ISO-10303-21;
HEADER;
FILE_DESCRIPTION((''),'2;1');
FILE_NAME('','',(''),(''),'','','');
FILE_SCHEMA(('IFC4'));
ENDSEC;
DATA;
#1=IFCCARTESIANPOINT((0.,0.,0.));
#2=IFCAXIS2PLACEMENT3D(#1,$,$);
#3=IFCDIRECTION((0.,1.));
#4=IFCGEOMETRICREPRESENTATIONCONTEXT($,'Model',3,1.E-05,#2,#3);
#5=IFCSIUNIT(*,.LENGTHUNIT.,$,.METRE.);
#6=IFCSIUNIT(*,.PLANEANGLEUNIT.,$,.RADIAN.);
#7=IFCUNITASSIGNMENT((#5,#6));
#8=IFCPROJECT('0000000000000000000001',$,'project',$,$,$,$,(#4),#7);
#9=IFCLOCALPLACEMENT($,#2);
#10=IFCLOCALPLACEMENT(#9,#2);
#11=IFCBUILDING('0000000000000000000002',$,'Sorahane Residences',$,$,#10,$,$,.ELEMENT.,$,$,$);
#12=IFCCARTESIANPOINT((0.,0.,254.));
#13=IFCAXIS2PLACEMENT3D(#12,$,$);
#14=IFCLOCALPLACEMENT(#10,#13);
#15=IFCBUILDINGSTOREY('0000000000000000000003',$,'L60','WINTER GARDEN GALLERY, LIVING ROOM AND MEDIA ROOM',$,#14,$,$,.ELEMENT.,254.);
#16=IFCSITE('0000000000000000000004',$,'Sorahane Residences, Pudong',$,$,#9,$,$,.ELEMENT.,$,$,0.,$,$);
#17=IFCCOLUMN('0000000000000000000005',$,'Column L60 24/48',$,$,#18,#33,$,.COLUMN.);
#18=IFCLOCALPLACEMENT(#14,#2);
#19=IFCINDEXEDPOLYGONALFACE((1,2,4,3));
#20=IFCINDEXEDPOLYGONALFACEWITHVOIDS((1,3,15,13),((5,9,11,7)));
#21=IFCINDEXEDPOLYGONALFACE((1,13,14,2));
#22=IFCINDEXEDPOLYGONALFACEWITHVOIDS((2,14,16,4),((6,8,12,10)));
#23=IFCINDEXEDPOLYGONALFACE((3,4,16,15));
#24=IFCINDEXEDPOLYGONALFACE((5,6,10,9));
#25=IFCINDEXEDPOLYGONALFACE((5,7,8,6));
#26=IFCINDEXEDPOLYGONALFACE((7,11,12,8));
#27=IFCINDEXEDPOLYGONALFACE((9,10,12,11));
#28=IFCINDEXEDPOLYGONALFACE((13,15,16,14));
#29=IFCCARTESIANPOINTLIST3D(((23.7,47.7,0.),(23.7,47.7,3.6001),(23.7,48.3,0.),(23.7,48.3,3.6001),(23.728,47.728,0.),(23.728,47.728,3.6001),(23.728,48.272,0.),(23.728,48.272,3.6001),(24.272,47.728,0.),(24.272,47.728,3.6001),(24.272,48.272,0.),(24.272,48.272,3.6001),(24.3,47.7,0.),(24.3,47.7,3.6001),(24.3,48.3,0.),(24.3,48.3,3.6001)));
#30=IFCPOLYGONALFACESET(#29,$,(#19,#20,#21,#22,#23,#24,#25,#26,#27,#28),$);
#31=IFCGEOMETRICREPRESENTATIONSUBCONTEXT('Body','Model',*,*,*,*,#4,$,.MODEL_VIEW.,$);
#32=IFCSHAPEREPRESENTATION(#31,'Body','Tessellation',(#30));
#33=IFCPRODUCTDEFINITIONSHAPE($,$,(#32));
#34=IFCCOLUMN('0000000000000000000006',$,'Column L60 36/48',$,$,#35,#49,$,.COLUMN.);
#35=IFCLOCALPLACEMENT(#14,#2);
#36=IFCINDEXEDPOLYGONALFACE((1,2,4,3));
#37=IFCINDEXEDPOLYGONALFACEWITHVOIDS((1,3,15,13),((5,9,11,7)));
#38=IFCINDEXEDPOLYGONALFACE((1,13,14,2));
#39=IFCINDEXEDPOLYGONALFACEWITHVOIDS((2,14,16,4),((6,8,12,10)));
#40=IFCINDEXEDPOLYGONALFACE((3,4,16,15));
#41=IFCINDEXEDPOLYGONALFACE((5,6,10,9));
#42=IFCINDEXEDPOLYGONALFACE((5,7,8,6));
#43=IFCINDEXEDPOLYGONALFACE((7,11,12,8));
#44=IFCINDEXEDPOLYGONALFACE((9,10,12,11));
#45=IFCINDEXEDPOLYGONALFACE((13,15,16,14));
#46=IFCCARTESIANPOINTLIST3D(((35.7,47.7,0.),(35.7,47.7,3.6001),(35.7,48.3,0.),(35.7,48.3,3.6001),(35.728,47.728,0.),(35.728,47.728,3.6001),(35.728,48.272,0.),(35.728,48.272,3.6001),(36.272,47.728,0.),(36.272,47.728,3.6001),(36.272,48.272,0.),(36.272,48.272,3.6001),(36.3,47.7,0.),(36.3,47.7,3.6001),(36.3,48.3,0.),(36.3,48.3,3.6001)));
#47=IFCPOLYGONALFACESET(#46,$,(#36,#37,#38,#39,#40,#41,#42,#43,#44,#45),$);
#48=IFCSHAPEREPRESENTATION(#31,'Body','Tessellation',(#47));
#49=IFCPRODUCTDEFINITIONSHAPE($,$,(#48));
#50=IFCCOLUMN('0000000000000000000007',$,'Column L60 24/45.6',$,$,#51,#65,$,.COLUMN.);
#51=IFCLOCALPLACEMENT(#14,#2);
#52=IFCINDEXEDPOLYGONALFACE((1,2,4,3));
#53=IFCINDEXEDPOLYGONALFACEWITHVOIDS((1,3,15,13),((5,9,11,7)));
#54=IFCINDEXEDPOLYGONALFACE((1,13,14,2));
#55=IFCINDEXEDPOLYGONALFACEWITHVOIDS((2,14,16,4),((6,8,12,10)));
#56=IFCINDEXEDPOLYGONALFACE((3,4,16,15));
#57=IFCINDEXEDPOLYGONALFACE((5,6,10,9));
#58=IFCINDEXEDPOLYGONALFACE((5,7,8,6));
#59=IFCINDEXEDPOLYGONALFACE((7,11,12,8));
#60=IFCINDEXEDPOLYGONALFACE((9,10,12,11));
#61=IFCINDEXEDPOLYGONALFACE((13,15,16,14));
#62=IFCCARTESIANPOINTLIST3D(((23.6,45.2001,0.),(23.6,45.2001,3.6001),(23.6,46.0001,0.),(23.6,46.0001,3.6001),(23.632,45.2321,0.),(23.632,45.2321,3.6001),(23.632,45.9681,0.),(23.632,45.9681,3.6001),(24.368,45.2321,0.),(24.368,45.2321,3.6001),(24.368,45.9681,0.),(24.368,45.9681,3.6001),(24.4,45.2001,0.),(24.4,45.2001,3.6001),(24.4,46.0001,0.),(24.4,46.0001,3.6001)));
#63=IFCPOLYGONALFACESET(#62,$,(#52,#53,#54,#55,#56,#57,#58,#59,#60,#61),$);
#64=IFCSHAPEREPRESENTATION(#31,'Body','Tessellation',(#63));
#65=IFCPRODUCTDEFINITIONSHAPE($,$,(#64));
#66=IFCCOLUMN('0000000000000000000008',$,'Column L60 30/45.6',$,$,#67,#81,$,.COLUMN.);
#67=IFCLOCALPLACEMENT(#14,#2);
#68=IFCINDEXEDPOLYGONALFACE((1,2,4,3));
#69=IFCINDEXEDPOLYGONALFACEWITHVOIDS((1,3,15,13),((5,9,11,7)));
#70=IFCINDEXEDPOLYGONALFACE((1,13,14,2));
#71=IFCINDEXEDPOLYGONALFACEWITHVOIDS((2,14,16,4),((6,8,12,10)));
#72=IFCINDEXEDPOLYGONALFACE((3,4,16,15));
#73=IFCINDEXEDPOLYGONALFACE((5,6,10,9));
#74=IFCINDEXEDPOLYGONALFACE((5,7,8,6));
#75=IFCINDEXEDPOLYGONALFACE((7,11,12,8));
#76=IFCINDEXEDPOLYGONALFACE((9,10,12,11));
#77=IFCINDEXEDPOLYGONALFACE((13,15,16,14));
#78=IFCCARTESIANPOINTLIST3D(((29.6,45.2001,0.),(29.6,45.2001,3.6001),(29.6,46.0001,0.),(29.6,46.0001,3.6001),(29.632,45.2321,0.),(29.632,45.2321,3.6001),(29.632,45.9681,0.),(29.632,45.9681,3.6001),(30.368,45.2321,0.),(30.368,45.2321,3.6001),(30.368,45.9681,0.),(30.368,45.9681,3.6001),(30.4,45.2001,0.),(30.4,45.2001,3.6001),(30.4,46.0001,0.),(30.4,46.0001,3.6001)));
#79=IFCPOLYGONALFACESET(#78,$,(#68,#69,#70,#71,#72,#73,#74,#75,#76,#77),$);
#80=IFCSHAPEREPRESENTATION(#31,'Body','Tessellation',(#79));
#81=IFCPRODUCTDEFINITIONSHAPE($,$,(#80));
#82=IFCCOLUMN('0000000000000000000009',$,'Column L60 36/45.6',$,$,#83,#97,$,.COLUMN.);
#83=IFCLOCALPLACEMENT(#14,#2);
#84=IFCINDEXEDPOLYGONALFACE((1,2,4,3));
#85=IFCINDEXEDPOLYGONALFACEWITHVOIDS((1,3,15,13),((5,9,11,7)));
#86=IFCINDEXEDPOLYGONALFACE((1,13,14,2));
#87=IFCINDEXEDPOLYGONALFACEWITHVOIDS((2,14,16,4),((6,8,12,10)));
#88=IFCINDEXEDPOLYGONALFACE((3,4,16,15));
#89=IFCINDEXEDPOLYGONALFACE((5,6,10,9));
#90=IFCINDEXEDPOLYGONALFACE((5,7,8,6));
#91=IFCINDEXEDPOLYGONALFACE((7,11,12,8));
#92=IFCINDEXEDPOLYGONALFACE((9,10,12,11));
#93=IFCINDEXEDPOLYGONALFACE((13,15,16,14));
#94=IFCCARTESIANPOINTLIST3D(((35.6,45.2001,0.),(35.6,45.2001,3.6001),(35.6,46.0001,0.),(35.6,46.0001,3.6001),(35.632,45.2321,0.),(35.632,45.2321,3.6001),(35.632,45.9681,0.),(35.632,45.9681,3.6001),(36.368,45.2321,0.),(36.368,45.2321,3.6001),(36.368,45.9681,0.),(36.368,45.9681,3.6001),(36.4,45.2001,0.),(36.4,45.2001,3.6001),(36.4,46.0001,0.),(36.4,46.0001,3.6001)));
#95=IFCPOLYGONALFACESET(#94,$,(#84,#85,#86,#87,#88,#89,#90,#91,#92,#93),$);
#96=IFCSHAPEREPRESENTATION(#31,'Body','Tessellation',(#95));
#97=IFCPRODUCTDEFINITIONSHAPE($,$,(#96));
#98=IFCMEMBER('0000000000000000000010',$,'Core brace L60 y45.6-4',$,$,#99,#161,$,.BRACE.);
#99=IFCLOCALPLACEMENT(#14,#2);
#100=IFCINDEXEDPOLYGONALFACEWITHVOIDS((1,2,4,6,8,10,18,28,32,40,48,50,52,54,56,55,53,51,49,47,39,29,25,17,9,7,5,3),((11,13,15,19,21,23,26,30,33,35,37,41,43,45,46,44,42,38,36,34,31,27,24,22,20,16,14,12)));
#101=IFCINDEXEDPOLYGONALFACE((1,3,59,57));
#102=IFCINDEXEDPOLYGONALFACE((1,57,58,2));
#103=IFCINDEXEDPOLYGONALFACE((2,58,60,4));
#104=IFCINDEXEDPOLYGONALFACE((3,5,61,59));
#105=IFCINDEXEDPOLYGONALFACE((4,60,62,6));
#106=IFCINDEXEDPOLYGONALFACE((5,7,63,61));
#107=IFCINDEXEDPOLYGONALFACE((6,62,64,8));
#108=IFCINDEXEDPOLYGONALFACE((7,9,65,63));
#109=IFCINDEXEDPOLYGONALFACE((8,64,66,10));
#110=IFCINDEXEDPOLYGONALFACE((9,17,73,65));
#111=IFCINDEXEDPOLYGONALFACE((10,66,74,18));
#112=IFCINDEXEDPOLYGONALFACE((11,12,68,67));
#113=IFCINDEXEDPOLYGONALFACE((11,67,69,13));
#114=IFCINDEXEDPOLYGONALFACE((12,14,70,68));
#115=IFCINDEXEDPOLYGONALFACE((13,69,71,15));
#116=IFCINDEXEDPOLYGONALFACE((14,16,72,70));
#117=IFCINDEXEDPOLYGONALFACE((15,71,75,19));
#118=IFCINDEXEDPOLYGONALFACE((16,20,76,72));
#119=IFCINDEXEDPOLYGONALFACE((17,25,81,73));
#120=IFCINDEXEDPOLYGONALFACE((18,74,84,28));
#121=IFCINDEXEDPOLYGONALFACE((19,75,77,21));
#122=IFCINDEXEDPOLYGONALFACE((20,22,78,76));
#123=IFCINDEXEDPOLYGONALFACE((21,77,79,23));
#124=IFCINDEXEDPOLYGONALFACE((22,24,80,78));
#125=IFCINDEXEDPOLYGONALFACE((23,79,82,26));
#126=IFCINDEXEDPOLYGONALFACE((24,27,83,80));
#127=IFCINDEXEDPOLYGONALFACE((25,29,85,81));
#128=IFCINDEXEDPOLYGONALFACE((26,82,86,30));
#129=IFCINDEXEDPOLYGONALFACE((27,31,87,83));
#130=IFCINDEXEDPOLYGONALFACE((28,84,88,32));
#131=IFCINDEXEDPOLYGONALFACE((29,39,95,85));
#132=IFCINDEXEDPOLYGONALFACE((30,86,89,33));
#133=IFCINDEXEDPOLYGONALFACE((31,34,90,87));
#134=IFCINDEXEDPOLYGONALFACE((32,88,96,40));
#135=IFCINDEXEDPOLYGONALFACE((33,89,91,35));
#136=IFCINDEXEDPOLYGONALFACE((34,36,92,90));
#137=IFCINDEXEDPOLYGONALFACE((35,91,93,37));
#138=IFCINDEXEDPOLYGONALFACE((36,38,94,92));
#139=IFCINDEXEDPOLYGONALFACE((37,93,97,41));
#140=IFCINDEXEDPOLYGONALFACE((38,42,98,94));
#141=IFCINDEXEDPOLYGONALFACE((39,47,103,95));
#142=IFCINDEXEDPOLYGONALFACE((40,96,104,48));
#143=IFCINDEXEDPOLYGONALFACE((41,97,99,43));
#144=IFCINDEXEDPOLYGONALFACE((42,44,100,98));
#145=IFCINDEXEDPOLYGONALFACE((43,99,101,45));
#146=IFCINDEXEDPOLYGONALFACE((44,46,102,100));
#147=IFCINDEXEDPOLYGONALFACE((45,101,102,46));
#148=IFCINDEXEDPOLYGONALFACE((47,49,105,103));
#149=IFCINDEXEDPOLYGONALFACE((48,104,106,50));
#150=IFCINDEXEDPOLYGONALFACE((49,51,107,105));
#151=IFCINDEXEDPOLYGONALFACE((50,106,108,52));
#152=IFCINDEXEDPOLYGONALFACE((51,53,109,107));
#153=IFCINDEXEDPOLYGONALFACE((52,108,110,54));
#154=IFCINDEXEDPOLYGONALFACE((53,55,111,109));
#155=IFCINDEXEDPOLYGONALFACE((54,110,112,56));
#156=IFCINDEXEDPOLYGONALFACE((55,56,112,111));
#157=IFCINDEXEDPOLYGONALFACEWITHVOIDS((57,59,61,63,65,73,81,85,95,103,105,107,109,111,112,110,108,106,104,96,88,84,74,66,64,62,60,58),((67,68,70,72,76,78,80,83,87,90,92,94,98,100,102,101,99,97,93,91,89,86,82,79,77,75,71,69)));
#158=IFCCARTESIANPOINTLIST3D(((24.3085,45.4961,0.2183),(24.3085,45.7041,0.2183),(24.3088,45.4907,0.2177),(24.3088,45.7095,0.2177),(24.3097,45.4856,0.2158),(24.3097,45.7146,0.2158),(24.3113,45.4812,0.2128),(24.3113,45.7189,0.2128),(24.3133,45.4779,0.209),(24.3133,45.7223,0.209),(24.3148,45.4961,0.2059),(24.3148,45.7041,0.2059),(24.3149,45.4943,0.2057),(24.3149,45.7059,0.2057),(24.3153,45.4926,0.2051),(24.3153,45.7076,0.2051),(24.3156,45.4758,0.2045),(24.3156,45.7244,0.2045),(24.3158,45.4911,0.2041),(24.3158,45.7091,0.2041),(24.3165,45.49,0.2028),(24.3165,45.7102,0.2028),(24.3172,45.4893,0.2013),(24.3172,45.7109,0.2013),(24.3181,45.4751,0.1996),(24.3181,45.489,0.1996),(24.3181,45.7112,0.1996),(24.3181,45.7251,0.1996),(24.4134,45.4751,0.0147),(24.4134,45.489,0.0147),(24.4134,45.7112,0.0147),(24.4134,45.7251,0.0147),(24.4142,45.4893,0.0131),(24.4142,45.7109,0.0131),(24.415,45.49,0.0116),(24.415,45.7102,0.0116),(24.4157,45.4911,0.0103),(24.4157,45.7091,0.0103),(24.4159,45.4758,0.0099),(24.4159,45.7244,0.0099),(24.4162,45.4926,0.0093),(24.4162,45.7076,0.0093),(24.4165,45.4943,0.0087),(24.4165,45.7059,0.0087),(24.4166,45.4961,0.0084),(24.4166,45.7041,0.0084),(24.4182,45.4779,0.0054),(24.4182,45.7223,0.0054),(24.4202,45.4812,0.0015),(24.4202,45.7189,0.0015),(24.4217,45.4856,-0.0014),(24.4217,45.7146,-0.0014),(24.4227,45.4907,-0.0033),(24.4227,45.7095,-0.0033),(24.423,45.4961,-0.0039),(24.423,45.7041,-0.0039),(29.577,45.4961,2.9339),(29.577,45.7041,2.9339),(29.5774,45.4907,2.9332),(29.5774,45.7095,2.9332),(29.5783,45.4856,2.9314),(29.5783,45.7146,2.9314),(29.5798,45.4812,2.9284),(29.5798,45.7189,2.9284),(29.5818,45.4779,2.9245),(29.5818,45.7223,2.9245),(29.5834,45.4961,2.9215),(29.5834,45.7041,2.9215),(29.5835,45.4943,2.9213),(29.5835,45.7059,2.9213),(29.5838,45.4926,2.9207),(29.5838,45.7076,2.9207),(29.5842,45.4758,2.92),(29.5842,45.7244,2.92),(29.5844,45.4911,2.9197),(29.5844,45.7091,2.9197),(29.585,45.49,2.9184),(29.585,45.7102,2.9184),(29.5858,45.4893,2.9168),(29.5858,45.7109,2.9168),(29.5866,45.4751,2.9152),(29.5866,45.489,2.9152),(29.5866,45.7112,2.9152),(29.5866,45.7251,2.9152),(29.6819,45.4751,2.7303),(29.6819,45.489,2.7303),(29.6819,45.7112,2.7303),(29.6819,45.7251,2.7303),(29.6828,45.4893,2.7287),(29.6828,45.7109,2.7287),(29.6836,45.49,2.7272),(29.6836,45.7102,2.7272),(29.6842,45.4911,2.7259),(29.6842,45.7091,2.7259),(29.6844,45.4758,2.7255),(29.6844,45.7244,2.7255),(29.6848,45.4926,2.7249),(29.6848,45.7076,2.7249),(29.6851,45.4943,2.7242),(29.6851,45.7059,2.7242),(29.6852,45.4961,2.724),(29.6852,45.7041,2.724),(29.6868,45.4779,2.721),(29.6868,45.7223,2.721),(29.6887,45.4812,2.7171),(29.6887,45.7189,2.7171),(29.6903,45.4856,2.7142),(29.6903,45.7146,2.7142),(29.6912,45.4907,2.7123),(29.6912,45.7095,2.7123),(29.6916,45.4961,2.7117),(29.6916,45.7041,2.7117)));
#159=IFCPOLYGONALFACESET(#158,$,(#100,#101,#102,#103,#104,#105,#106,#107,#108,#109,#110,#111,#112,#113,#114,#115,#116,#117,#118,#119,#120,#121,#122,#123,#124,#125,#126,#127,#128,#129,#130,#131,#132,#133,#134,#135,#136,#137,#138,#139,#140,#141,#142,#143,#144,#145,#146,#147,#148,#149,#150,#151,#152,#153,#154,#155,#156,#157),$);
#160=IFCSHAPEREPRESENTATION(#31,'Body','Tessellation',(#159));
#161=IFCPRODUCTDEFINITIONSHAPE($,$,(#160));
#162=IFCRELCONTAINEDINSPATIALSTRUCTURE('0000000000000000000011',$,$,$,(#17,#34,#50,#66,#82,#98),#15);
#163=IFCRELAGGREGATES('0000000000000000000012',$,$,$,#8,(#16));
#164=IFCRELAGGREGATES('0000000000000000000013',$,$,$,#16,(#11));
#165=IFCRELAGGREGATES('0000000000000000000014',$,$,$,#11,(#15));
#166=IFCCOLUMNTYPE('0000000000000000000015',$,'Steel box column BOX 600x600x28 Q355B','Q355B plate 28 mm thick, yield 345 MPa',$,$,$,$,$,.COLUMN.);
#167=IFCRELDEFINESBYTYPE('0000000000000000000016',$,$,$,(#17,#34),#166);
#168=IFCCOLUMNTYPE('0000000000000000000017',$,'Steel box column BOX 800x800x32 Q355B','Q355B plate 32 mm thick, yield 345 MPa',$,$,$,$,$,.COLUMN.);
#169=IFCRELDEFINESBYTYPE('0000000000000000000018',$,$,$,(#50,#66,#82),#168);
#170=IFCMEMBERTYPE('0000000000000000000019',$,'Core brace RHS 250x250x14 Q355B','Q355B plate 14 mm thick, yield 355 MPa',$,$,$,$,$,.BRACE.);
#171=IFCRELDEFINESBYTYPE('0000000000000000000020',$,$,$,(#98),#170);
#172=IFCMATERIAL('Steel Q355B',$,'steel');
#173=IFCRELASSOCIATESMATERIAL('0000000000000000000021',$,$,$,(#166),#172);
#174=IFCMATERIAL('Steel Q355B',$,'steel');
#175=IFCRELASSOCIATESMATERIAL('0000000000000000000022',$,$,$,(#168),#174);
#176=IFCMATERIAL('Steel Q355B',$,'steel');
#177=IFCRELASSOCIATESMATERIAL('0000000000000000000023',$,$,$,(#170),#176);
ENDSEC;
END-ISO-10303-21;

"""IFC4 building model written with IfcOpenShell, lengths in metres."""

from ifc_helpers import new_model, si_unit, direction, frame, origin, origin_2d, place, context, subcontext, project, spatial, hollow_rectangle, extrude, material, material_profile, profile_set, type_object, element, save


model = new_model("IFC4")

# Units and contexts
model_context = context("Model", 3, precision=1e-05, world=origin(), true_north=direction((0.0, 1.0)))
body_context = subcontext(model_context, "Body", "Model", "MODEL_VIEW")
ifc_project = project(units=[si_unit("LENGTHUNIT", "METRE"), si_unit("PLANEANGLEUNIT", "RADIAN")], contexts=[model_context])

# Site, building, storey
site_placement = place(None, origin())
site = spatial("IfcSite", under=ifc_project, at=site_placement, Name="Sorahane Residences, Pudong", CompositionType="ELEMENT", RefElevation=0.0)
building_placement = place(site_placement, origin())
building = spatial("IfcBuilding", under=site, at=building_placement, Name="Sorahane Residences", CompositionType="ELEMENT")
storey_placement = place(building_placement, frame((0.0, 0.0, 254.0)))
storey = spatial("IfcBuildingStorey", under=building, at=storey_placement, Name="L60", Description="WINTER GARDEN GALLERY, LIVING ROOM AND MEDIA ROOM", CompositionType="ELEMENT", Elevation=254.0)

# Columns
ifc_material_1 = material(Name="Steel Q355B", Category="steel")
ifc_material_profile_1 = material_profile(ifc_material_1, hollow_rectangle(XDim=0.6001, YDim=0.6001, WallThickness=0.0281, at=origin_2d()), Name="BOX 600x600x28")
ifc_profile_set_1 = profile_set([ifc_material_profile_1], Name="Steel Q355B")
column_type_1 = type_object("IfcColumnType", Name="Steel box column BOX 600x600x28 Q355B", Description="Q355B plate 28 mm thick, yield 345 MPa", PredefinedType="COLUMN", material=ifc_profile_set_1)
for number, where, z_axis, x_axis, name in (
    (1, (24.0, 48.0, 0.0), (0.0, 0.0, 1.0), (1.0, 0.0, 0.0), "Column L60 24/48"),
    (2, (36.0, 48.0, 0.0), (0.0, 0.0, 1.0), (1.0, 0.0, 0.0), "Column L60 36/48"),
):
    element("IfcColumn", number, at=place(storey_placement, frame(where, z_axis=z_axis, x_axis=x_axis)), inside=storey, type_object=column_type_1, Name=name, PredefinedType="COLUMN", context=body_context, shape_type="SweptSolid", body=[
        extrude(hollow_rectangle(XDim=0.6001, YDim=0.6001, WallThickness=0.0281, at=origin_2d()), origin(), (0.0, 0.0, 1.0), 3.6001),
    ])
ifc_material_2 = material(Name="Steel Q355B", Category="steel")
ifc_material_profile_2 = material_profile(ifc_material_2, hollow_rectangle(XDim=0.8, YDim=0.8, WallThickness=0.032, at=origin_2d()), Name="BOX 800x800x32")
ifc_profile_set_2 = profile_set([ifc_material_profile_2], Name="Steel Q355B")
column_type_2 = type_object("IfcColumnType", Name="Steel box column BOX 800x800x32 Q355B", Description="Q355B plate 32 mm thick, yield 345 MPa", PredefinedType="COLUMN", material=ifc_profile_set_2)
for number, where, z_axis, x_axis, name in (
    (3, (24.0, 45.6001, 0.0), (0.0, 0.0, 1.0), (1.0, 0.0, 0.0), "Column L60 24/45.6"),
    (4, (30.0, 45.6001, 0.0), (0.0, 0.0, 1.0), (1.0, 0.0, 0.0), "Column L60 30/45.6"),
    (5, (36.0, 45.6001, 0.0), (0.0, 0.0, 1.0), (1.0, 0.0, 0.0), "Column L60 36/45.6"),
):
    element("IfcColumn", number, at=place(storey_placement, frame(where, z_axis=z_axis, x_axis=x_axis)), inside=storey, type_object=column_type_2, Name=name, PredefinedType="COLUMN", context=body_context, shape_type="SweptSolid", body=[
        extrude(hollow_rectangle(XDim=0.8, YDim=0.8, WallThickness=0.032, at=origin_2d()), origin(), (0.0, 0.0, 1.0), 3.6001),
    ])

# Member
ifc_material_3 = material(Name="Steel Q355B", Category="steel")
ifc_material_profile_3 = material_profile(ifc_material_3, hollow_rectangle(XDim=0.25, YDim=0.25, WallThickness=0.0139, InnerFilletRadius=0.0071, OuterFilletRadius=0.021, at=origin_2d()), Name="RHS 250x250x14")
ifc_profile_set_3 = profile_set([ifc_material_profile_3], Name="Steel Q355B")
member_type_1 = type_object("IfcMemberType", Name="Core brace RHS 250x250x14 Q355B", Description="Q355B plate 14 mm thick, yield 355 MPa", PredefinedType="BRACE", material=ifc_profile_set_3)
for number, where, z_axis, x_axis, name in (
    (6, (24.3657, 45.6001, 0.1072), (0.888873, 0.0, 0.458153), (0.0, 1.0, 0.0), "Core brace L60 y45.6-4"),
):
    element("IfcMember", number, at=place(storey_placement, frame(where, z_axis=z_axis, x_axis=x_axis)), inside=storey, type_object=member_type_1, Name=name, PredefinedType="BRACE", context=body_context, shape_type="SweptSolid", body=[
        extrude(hollow_rectangle(XDim=0.25, YDim=0.25, WallThickness=0.0139, InnerFilletRadius=0.0071, OuterFilletRadius=0.021, at=origin_2d()), origin(), (0.0, 0.0, 1.0), 5.9272),
    ])

save(model, "model.ifc")
